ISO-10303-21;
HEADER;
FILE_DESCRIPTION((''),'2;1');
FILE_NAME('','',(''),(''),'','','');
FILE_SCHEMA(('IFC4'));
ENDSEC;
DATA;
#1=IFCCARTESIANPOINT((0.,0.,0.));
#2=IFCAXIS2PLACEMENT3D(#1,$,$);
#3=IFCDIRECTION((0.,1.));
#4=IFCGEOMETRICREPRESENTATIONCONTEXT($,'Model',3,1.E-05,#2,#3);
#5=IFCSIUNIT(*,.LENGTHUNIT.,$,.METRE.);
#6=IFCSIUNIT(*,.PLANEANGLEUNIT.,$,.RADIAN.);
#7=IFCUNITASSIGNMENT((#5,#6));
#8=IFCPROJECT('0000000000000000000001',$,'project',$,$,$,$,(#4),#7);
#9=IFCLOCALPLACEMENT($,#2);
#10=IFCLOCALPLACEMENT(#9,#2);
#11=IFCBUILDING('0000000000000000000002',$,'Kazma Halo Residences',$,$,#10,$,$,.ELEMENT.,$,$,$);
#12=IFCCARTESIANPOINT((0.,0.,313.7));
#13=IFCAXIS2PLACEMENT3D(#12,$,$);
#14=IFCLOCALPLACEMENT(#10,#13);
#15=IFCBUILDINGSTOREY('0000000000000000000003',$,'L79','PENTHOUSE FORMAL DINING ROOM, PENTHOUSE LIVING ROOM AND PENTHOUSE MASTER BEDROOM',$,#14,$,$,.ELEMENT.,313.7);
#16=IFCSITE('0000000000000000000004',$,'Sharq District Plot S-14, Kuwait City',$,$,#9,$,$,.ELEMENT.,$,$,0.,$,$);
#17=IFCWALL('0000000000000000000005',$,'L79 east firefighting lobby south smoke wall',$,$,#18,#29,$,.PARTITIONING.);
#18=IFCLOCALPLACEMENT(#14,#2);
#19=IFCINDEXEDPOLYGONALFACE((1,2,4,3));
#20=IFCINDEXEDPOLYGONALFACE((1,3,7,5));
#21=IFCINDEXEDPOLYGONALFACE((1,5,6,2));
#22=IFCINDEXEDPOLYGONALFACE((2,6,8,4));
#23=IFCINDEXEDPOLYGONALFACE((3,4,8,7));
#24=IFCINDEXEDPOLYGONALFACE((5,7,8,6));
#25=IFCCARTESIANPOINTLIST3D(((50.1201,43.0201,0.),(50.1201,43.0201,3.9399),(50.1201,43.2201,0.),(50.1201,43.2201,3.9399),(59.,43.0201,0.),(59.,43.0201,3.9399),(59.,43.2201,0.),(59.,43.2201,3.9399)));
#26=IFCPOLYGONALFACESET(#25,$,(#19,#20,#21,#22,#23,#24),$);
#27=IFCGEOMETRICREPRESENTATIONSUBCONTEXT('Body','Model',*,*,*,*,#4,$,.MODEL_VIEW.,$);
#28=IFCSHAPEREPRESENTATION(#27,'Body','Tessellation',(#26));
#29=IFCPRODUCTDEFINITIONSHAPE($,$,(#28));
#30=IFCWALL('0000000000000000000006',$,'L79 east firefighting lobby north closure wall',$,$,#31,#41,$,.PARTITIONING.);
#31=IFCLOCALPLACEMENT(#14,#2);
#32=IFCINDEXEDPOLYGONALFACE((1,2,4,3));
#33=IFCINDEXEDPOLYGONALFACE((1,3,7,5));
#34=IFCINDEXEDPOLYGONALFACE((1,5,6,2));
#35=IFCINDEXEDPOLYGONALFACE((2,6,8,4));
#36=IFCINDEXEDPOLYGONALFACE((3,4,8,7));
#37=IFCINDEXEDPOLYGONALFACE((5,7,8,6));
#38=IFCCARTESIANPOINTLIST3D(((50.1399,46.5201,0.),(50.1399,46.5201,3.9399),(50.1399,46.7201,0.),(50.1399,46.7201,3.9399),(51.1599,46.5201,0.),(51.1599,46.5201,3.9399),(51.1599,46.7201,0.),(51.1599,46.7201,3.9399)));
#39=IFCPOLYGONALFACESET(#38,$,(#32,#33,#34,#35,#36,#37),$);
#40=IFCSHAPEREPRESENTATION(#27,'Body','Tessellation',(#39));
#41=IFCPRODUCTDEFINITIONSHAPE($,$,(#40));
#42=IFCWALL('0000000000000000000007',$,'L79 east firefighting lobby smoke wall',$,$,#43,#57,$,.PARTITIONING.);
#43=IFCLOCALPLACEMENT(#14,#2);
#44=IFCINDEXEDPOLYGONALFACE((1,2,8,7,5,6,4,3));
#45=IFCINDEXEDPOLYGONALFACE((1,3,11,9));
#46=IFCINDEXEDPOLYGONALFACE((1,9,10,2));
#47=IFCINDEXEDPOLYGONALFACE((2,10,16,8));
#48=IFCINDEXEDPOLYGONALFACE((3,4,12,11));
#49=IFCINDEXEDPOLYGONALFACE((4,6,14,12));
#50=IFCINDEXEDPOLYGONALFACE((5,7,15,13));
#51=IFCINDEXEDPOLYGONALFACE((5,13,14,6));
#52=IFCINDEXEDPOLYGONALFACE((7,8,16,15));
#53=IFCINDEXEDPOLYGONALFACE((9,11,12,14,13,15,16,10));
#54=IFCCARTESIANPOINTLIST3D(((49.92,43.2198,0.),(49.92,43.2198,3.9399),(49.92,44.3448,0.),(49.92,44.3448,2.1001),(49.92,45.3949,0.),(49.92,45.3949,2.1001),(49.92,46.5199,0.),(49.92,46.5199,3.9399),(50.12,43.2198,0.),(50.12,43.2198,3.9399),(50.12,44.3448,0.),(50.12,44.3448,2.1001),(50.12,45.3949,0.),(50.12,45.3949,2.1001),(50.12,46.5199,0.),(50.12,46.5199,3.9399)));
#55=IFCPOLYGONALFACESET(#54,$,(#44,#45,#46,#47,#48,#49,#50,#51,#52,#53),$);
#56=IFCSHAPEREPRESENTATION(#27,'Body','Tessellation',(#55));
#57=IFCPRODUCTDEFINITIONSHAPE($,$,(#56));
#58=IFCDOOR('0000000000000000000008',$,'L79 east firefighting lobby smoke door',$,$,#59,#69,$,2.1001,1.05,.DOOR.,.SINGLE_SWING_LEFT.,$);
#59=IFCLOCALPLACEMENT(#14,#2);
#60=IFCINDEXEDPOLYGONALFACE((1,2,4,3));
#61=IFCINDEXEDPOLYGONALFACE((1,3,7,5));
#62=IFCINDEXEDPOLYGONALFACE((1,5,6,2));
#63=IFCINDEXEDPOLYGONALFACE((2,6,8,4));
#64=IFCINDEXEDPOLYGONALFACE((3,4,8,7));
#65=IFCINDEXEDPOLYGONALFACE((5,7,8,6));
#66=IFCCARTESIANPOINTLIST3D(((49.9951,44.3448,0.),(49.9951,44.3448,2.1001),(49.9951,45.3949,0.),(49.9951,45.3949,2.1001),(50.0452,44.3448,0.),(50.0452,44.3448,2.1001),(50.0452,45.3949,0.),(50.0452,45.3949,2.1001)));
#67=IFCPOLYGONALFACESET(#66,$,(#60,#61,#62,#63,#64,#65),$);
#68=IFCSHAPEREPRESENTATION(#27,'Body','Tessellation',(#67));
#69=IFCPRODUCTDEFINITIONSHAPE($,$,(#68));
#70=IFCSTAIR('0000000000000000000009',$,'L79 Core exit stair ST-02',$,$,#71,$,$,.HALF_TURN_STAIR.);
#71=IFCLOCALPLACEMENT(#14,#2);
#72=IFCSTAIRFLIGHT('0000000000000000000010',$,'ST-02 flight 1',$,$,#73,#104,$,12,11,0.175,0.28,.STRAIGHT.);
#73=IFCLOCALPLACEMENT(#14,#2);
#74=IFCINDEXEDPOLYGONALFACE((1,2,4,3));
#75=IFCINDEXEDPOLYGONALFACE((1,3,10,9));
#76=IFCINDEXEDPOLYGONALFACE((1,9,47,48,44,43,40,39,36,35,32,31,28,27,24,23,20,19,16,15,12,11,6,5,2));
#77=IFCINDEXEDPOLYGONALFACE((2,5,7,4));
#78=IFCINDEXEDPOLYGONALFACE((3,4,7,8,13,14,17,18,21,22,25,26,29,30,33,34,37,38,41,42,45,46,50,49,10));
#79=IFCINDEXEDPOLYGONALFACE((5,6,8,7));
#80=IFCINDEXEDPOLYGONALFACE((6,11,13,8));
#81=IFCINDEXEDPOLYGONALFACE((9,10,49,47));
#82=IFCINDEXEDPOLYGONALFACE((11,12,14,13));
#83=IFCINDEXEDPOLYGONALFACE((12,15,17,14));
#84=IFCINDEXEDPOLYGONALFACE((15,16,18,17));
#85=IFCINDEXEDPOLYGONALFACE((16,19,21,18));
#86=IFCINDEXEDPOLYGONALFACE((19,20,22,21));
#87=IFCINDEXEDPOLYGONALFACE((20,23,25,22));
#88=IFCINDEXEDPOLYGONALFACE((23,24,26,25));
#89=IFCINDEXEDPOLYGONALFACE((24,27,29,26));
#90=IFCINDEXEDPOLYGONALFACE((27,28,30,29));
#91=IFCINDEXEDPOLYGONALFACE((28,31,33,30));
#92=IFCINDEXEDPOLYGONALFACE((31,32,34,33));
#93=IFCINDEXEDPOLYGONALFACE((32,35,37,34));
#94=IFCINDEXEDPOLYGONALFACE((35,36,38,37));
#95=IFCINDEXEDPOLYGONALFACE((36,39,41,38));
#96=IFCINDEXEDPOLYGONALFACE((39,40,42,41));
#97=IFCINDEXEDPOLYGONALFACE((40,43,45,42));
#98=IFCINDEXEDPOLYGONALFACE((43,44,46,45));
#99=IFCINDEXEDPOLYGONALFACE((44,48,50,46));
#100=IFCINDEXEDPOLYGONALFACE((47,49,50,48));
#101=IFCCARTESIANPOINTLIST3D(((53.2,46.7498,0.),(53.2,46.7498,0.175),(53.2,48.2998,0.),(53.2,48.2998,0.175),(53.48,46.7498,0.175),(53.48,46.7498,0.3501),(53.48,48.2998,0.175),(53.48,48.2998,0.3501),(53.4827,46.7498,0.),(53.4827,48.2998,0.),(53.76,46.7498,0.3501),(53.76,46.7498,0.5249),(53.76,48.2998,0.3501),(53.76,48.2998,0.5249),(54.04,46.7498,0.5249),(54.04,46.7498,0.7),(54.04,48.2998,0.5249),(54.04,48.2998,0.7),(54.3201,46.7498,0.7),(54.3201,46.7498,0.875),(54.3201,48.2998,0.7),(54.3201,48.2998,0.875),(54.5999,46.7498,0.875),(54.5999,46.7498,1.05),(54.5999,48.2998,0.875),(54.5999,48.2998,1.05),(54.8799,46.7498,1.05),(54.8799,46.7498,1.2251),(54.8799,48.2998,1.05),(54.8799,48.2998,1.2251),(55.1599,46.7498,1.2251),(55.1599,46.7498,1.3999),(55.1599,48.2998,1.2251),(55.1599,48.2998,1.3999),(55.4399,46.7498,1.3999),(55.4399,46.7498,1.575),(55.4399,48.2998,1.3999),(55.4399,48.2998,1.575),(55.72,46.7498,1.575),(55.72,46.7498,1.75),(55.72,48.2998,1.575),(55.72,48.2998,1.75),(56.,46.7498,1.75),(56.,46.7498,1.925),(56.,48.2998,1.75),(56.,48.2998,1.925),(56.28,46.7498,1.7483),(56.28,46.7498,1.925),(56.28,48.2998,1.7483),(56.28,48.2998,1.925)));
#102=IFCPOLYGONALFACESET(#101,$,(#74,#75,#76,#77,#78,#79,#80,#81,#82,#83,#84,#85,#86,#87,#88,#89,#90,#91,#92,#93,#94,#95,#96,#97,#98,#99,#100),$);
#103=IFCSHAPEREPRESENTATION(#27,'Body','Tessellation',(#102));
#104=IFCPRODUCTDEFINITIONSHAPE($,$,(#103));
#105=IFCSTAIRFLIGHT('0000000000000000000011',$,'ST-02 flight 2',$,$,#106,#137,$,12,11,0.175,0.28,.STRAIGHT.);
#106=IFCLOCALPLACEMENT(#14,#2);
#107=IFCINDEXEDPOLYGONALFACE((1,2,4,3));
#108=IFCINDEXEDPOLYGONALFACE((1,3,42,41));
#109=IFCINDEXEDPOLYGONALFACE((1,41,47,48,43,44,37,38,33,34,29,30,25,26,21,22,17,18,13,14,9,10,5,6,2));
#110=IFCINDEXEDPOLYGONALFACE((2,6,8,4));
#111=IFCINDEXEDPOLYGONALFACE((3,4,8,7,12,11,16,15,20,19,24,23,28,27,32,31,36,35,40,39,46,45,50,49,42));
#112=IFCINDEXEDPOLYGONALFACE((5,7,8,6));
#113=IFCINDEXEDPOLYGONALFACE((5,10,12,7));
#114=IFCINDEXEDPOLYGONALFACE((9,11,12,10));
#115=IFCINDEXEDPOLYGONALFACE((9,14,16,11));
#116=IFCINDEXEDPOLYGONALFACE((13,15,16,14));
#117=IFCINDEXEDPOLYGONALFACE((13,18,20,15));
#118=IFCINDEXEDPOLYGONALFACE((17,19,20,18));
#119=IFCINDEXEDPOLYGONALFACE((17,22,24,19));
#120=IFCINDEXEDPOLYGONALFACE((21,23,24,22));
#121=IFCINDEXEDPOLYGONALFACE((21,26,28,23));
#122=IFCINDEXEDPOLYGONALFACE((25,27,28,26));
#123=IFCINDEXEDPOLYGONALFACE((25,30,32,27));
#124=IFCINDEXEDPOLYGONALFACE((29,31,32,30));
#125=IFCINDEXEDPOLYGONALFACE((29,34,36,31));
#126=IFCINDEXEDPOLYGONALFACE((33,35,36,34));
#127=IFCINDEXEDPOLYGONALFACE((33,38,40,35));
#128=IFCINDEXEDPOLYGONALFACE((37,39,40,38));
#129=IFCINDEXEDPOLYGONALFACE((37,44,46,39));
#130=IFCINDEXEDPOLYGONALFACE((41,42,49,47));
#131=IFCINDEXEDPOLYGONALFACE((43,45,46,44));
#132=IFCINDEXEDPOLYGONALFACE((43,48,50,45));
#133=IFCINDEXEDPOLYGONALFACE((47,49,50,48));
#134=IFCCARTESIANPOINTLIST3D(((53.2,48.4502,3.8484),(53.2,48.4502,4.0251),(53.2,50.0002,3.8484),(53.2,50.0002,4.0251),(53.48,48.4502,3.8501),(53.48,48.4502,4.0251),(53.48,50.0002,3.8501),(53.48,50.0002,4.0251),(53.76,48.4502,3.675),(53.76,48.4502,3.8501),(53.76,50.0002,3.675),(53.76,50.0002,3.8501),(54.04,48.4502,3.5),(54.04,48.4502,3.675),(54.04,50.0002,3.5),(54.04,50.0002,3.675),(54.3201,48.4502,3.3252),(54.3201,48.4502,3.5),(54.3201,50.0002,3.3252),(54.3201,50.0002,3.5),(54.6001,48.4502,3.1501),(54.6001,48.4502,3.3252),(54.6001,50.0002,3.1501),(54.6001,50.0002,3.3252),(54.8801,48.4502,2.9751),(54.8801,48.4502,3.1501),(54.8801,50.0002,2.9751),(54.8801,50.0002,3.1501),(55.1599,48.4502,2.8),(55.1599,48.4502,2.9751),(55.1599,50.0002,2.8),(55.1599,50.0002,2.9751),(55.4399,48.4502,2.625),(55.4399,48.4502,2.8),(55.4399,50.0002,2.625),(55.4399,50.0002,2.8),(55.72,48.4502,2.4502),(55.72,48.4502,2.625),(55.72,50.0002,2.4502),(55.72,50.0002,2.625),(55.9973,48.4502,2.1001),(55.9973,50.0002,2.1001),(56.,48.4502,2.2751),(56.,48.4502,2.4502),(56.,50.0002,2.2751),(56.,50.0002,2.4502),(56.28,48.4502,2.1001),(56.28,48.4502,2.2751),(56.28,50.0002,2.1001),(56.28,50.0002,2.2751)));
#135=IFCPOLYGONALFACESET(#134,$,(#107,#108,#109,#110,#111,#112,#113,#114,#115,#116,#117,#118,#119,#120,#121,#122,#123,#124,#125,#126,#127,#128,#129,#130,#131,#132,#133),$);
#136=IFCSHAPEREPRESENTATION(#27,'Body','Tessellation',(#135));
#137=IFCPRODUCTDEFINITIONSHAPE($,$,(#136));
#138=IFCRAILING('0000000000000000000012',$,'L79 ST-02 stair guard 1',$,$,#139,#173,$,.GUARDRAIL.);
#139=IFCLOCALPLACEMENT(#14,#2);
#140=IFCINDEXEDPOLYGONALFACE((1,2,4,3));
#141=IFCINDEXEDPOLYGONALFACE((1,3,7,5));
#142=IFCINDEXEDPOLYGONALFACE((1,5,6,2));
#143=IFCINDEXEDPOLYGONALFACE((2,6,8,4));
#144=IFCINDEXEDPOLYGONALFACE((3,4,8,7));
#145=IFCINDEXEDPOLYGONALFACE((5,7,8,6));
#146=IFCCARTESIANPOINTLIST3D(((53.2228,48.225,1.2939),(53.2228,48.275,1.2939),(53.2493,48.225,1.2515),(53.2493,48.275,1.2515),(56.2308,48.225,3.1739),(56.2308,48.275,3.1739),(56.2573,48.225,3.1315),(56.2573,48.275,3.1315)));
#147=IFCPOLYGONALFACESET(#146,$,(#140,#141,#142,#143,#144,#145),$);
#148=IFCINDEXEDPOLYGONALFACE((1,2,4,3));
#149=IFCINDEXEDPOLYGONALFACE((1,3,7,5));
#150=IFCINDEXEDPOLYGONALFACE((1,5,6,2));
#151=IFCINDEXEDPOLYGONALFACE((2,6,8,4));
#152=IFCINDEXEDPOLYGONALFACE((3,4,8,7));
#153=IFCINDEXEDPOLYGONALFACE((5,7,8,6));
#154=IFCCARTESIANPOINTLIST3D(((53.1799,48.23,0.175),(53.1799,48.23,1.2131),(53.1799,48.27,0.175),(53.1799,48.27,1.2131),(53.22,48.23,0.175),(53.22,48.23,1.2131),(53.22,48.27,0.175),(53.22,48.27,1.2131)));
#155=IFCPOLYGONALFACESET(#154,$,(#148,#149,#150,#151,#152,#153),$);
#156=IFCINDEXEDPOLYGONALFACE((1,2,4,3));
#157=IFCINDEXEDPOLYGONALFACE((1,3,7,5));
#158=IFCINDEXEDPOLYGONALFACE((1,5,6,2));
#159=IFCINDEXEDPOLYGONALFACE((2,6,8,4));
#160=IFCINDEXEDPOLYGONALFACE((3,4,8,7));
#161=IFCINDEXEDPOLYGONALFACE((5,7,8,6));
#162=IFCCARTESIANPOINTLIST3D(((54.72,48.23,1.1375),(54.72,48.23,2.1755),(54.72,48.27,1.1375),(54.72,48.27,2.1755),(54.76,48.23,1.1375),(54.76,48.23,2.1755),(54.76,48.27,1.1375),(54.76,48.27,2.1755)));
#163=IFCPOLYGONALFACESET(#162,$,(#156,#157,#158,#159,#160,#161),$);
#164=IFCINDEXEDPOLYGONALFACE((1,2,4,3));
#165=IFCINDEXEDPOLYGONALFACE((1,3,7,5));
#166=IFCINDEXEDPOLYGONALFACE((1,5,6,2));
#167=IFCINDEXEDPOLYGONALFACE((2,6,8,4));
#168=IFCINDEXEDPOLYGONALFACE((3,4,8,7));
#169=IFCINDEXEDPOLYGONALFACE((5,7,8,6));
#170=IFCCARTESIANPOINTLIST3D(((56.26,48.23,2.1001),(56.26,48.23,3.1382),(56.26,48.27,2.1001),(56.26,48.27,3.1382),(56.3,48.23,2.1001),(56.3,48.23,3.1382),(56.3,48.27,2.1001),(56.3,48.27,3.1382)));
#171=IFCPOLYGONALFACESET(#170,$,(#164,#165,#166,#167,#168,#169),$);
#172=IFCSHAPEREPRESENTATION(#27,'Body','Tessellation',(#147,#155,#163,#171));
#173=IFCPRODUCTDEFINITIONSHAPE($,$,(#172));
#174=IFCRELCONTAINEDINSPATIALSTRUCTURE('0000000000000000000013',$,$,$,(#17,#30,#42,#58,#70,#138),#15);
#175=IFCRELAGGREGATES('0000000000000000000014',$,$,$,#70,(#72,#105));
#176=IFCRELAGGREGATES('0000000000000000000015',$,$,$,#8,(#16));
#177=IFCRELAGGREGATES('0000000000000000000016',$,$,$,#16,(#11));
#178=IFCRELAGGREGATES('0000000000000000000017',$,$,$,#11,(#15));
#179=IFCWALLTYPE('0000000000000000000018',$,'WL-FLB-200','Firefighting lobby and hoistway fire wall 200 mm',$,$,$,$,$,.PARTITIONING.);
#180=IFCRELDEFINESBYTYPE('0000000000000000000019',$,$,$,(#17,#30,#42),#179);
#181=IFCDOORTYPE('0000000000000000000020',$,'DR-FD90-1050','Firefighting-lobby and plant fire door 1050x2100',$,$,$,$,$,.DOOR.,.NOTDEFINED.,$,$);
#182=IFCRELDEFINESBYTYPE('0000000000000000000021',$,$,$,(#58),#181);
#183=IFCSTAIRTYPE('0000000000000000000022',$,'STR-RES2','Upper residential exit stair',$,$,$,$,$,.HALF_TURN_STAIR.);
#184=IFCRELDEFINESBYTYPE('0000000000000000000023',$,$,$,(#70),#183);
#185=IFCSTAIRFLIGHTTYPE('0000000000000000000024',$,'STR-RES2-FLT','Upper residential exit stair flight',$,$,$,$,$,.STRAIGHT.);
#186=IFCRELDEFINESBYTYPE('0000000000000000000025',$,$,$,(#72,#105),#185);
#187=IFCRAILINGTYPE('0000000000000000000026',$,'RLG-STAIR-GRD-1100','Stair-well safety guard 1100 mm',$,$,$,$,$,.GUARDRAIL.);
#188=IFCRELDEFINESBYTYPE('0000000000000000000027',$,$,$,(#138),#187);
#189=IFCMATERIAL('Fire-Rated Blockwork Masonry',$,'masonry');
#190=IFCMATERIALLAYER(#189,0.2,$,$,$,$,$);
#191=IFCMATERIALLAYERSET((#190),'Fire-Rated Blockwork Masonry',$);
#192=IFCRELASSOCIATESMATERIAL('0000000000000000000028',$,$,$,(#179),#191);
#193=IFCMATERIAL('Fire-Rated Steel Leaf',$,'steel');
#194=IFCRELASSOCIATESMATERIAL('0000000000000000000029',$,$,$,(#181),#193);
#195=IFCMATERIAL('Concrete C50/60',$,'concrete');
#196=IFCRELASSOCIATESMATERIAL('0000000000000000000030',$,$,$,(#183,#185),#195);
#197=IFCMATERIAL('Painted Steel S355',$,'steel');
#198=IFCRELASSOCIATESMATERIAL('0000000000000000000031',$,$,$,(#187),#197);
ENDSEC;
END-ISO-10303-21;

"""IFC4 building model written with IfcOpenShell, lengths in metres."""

from ifc_helpers import new_model, si_unit, direction, frame, frame_2d, origin, origin_2d, place, context, subcontext, project, spatial, polyline, rectangle, outline, extrude, material, layer, layer_set, type_object, element, fill, aggregate, save


model = new_model("IFC4")

# Units and contexts
model_context = context("Model", 3, precision=1e-05, world=origin(), true_north=direction((0.0, 1.0)))
body_context = subcontext(model_context, "Body", "Model", "MODEL_VIEW")
ifc_project = project(units=[si_unit("LENGTHUNIT", "METRE"), si_unit("PLANEANGLEUNIT", "RADIAN")], contexts=[model_context])

# Site, building, storey
site_placement = place(None, origin())
site = spatial("IfcSite", under=ifc_project, at=site_placement, Name="Sharq District Plot S-14, Kuwait City", CompositionType="ELEMENT", RefElevation=0.0)
building_placement = place(site_placement, origin())
building = spatial("IfcBuilding", under=site, at=building_placement, Name="Kazma Halo Residences", CompositionType="ELEMENT")
storey_placement = place(building_placement, frame((0.0, 0.0, 313.7)))
storey = spatial("IfcBuildingStorey", under=building, at=storey_placement, Name="L79", Description="PENTHOUSE FORMAL DINING ROOM, PENTHOUSE LIVING ROOM AND PENTHOUSE MASTER BEDROOM", CompositionType="ELEMENT", Elevation=313.7)

# Shared definitions
ifc_material_1 = material(Name="Fire-Rated Blockwork Masonry", Category="masonry")
ifc_layer_1 = layer(ifc_material_1, 0.2)
ifc_layer_set_1 = layer_set([ifc_layer_1], Name="Fire-Rated Blockwork Masonry")
wall_type_1 = type_object("IfcWallType", Name="WL-FLB-200", Description="Firefighting lobby and hoistway fire wall 200 mm", PredefinedType="PARTITIONING", material=ifc_layer_set_1)

# Walls
wall_1_placement = place(storey_placement, frame((50.1201, 43.1201, 0.0), z_axis=(0.0, 0.0, 1.0), x_axis=(1.0, 0.0, 0.0)))
element("IfcWall", 1, at=wall_1_placement, inside=storey, type_object=wall_type_1, Name="L79 east firefighting lobby south smoke wall", PredefinedType="PARTITIONING", context=body_context, shape_type="SweptSolid", body=[
    extrude(rectangle(XDim=8.8799, YDim=0.2, at=frame_2d((4.4399, 0.0))), origin(), (0.0, 0.0, 1.0), 3.9399),
])
wall_2_placement = place(storey_placement, frame((50.1399, 46.6201, 0.0), z_axis=(0.0, 0.0, 1.0), x_axis=(1.0, 0.0, 0.0)))
element("IfcWall", 2, at=wall_2_placement, inside=storey, type_object=wall_type_1, Name="L79 east firefighting lobby north closure wall", PredefinedType="PARTITIONING", context=body_context, shape_type="SweptSolid", body=[
    extrude(rectangle(XDim=1.02, YDim=0.2, at=frame_2d((0.51, 0.0))), origin(), (0.0, 0.0, 1.0), 3.9399),
])

# Wall, opening, door
wall_3_placement = place(storey_placement, frame((50.02, 43.22, 0.0), z_axis=(0.0, 0.0, 1.0), x_axis=(0.0, 1.0, 0.0)))
wall_3 = element("IfcWall", 3, at=wall_3_placement, inside=storey, type_object=wall_type_1, Name="L79 east firefighting lobby smoke wall", PredefinedType="PARTITIONING", context=body_context, shape_type="SweptSolid", body=[
    extrude(rectangle(XDim=3.3, YDim=0.2, at=frame_2d((1.6499, 0.0))), origin(), (0.0, 0.0, 1.0), 3.9399),
])
opening_1_placement = place(wall_3_placement, frame((1.125, 0.0, 0.0)))
opening_1 = element("IfcOpeningElement", 4, at=opening_1_placement, cuts=wall_3, PredefinedType="OPENING", context=body_context, shape_type="SweptSolid", body=[
    extrude(rectangle(XDim=1.05, YDim=2.1001, at=frame_2d((0.5249, 1.05))), frame((0.0, 0.1099, 0.0), z_axis=(0.0, -1.0, 0.0), x_axis=(1.0, 0.0, 0.0)), (0.0, 0.0, 1.0), 0.22),
])
ifc_material_2 = material(Name="Fire-Rated Steel Leaf", Category="steel")
door_type_1 = type_object("IfcDoorType", Name="DR-FD90-1050", Description="Firefighting-lobby and plant fire door 1050x2100", OperationType="NOTDEFINED", PredefinedType="DOOR", material=ifc_material_2)
door_1_placement = place(opening_1_placement, origin())
door_1 = element("IfcDoor", 5, at=door_1_placement, inside=storey, type_object=door_type_1, Name="L79 east firefighting lobby smoke door", OperationType="SINGLE_SWING_LEFT", OverallHeight=2.1001, OverallWidth=1.05, PredefinedType="DOOR", context=body_context, shape_type="SweptSolid", body=[
    extrude(rectangle(XDim=1.05, YDim=2.1001, at=frame_2d((0.5249, 1.05))), frame((0.0, 0.0249, 0.0), z_axis=(0.0, -1.0, 0.0), x_axis=(1.0, 0.0, 0.0)), (0.0, 0.0, 1.0), 0.05),
])
fill(opening_1, door_1)
ifc_material_3 = material(Name="Concrete C50/60", Category="concrete")

# Stair, stair flights
stair_type = type_object("IfcStairType", Name="STR-RES2", Description="Upper residential exit stair", PredefinedType="HALF_TURN_STAIR", material=ifc_material_3)
stair_placement = place(storey_placement, origin())
stair = element("IfcStair", 6, at=stair_placement, inside=storey, type_object=stair_type, Name="L79 Core exit stair ST-02", PredefinedType="HALF_TURN_STAIR")
stair_flight_type = type_object("IfcStairFlightType", Name="STR-RES2-FLT", Description="Upper residential exit stair flight", PredefinedType="STRAIGHT", material=ifc_material_3)
stair_flight_1_placement = place(storey_placement, frame((53.2, 47.5249, 0.0), z_axis=(0.0, 0.0, 1.0), x_axis=(1.0, 0.0, 0.0)))
stair_flight_1 = element("IfcStairFlight", 7, at=stair_flight_1_placement, type_object=stair_flight_type, Name="ST-02 flight 1", NumberOfRisers=12, NumberOfTreads=11, PredefinedType="STRAIGHT", RiserHeight=0.175, TreadLength=0.28, context=body_context, shape_type="SweptSolid", body=[
    extrude(outline(polyline([(0.0, 0.0), (0.0, 0.175), (0.28, 0.175), (0.28, 0.3501), (0.5601, 0.3501), (0.5601, 0.5249), (0.8401, 0.5249), (0.8401, 0.7), (1.1201, 0.7), (1.1201, 0.875), (1.3999, 0.875), (1.3999, 1.05), (1.6799, 1.05), (1.6799, 1.2251), (1.96, 1.2251), (1.96, 1.3999), (2.24, 1.3999), (2.24, 1.575), (2.52, 1.575), (2.52, 1.75), (2.8, 1.75), (2.8, 1.925), (3.0801, 1.925), (3.0801, 2.1001), (3.0801, 1.7483), (0.2827, 0.0), (0.0, 0.0)])), frame((0.0, 0.7749, 0.0), z_axis=(0.0, -1.0, 0.0), x_axis=(1.0, 0.0, 0.0)), (0.0, 0.0, 1.0), 1.55),
])
stair_flight_2_placement = place(storey_placement, frame((56.28, 49.2251, 2.1001), z_axis=(0.0, 0.0, 1.0), x_axis=(-1.0, 0.0, 0.0)))
stair_flight_2 = element("IfcStairFlight", 8, at=stair_flight_2_placement, type_object=stair_flight_type, Name="ST-02 flight 2", NumberOfRisers=12, NumberOfTreads=11, PredefinedType="STRAIGHT", RiserHeight=0.175, TreadLength=0.28, context=body_context, shape_type="SweptSolid", body=[
    extrude(outline(polyline([(0.0, 0.0), (0.0, 0.175), (0.28, 0.175), (0.28, 0.3501), (0.5601, 0.3501), (0.5601, 0.5249), (0.8401, 0.5249), (0.8401, 0.7), (1.1201, 0.7), (1.1201, 0.875), (1.3999, 0.875), (1.3999, 1.05), (1.6799, 1.05), (1.6799, 1.2251), (1.96, 1.2251), (1.96, 1.3999), (2.24, 1.3999), (2.24, 1.575), (2.52, 1.575), (2.52, 1.75), (2.8, 1.75), (2.8, 1.925), (3.0801, 1.925), (3.0801, 2.1001), (3.0801, 1.7483), (0.2827, 0.0), (0.0, 0.0)])), frame((0.0, 0.7749, 0.0), z_axis=(0.0, -1.0, 0.0), x_axis=(1.0, 0.0, 0.0)), (0.0, 0.0, 1.0), 1.55),
])
aggregate(stair, [stair_flight_1, stair_flight_2])

# Railing
ifc_material_4 = material(Name="Painted Steel S355", Category="steel")
railing_type_1 = type_object("IfcRailingType", Name="RLG-STAIR-GRD-1100", Description="Stair-well safety guard 1100 mm", PredefinedType="GUARDRAIL", material=ifc_material_4)
railing_1_placement = place(storey_placement, frame((53.2, 48.25, 0.175)))
element("IfcRailing", 9, at=railing_1_placement, inside=storey, type_object=railing_type_1, Name="L79 ST-02 stair guard 1", PredefinedType="GUARDRAIL", context=body_context, shape_type="SweptSolid", body=[
    extrude(rectangle(XDim=0.05, YDim=0.05, at=origin_2d()), frame((0.0361, 0.0, 1.0977), z_axis=(0.847998, 0.0, 0.529999), x_axis=(0.0, 1.0, 0.0)), (0.0, 0.0, 1.0), 3.5471),
    extrude(rectangle(XDim=0.04, YDim=0.04, at=origin_2d()), origin(), (0.0, 0.0, 1.0), 1.0381),
    extrude(rectangle(XDim=0.04, YDim=0.04, at=origin_2d()), frame((1.54, 0.0, 0.9624)), (0.0, 0.0, 1.0), 1.0381),
    extrude(rectangle(XDim=0.04, YDim=0.04, at=origin_2d()), frame((3.0801, 0.0, 1.925)), (0.0, 0.0, 1.0), 1.0381),
])

save(model, "model.ifc")
